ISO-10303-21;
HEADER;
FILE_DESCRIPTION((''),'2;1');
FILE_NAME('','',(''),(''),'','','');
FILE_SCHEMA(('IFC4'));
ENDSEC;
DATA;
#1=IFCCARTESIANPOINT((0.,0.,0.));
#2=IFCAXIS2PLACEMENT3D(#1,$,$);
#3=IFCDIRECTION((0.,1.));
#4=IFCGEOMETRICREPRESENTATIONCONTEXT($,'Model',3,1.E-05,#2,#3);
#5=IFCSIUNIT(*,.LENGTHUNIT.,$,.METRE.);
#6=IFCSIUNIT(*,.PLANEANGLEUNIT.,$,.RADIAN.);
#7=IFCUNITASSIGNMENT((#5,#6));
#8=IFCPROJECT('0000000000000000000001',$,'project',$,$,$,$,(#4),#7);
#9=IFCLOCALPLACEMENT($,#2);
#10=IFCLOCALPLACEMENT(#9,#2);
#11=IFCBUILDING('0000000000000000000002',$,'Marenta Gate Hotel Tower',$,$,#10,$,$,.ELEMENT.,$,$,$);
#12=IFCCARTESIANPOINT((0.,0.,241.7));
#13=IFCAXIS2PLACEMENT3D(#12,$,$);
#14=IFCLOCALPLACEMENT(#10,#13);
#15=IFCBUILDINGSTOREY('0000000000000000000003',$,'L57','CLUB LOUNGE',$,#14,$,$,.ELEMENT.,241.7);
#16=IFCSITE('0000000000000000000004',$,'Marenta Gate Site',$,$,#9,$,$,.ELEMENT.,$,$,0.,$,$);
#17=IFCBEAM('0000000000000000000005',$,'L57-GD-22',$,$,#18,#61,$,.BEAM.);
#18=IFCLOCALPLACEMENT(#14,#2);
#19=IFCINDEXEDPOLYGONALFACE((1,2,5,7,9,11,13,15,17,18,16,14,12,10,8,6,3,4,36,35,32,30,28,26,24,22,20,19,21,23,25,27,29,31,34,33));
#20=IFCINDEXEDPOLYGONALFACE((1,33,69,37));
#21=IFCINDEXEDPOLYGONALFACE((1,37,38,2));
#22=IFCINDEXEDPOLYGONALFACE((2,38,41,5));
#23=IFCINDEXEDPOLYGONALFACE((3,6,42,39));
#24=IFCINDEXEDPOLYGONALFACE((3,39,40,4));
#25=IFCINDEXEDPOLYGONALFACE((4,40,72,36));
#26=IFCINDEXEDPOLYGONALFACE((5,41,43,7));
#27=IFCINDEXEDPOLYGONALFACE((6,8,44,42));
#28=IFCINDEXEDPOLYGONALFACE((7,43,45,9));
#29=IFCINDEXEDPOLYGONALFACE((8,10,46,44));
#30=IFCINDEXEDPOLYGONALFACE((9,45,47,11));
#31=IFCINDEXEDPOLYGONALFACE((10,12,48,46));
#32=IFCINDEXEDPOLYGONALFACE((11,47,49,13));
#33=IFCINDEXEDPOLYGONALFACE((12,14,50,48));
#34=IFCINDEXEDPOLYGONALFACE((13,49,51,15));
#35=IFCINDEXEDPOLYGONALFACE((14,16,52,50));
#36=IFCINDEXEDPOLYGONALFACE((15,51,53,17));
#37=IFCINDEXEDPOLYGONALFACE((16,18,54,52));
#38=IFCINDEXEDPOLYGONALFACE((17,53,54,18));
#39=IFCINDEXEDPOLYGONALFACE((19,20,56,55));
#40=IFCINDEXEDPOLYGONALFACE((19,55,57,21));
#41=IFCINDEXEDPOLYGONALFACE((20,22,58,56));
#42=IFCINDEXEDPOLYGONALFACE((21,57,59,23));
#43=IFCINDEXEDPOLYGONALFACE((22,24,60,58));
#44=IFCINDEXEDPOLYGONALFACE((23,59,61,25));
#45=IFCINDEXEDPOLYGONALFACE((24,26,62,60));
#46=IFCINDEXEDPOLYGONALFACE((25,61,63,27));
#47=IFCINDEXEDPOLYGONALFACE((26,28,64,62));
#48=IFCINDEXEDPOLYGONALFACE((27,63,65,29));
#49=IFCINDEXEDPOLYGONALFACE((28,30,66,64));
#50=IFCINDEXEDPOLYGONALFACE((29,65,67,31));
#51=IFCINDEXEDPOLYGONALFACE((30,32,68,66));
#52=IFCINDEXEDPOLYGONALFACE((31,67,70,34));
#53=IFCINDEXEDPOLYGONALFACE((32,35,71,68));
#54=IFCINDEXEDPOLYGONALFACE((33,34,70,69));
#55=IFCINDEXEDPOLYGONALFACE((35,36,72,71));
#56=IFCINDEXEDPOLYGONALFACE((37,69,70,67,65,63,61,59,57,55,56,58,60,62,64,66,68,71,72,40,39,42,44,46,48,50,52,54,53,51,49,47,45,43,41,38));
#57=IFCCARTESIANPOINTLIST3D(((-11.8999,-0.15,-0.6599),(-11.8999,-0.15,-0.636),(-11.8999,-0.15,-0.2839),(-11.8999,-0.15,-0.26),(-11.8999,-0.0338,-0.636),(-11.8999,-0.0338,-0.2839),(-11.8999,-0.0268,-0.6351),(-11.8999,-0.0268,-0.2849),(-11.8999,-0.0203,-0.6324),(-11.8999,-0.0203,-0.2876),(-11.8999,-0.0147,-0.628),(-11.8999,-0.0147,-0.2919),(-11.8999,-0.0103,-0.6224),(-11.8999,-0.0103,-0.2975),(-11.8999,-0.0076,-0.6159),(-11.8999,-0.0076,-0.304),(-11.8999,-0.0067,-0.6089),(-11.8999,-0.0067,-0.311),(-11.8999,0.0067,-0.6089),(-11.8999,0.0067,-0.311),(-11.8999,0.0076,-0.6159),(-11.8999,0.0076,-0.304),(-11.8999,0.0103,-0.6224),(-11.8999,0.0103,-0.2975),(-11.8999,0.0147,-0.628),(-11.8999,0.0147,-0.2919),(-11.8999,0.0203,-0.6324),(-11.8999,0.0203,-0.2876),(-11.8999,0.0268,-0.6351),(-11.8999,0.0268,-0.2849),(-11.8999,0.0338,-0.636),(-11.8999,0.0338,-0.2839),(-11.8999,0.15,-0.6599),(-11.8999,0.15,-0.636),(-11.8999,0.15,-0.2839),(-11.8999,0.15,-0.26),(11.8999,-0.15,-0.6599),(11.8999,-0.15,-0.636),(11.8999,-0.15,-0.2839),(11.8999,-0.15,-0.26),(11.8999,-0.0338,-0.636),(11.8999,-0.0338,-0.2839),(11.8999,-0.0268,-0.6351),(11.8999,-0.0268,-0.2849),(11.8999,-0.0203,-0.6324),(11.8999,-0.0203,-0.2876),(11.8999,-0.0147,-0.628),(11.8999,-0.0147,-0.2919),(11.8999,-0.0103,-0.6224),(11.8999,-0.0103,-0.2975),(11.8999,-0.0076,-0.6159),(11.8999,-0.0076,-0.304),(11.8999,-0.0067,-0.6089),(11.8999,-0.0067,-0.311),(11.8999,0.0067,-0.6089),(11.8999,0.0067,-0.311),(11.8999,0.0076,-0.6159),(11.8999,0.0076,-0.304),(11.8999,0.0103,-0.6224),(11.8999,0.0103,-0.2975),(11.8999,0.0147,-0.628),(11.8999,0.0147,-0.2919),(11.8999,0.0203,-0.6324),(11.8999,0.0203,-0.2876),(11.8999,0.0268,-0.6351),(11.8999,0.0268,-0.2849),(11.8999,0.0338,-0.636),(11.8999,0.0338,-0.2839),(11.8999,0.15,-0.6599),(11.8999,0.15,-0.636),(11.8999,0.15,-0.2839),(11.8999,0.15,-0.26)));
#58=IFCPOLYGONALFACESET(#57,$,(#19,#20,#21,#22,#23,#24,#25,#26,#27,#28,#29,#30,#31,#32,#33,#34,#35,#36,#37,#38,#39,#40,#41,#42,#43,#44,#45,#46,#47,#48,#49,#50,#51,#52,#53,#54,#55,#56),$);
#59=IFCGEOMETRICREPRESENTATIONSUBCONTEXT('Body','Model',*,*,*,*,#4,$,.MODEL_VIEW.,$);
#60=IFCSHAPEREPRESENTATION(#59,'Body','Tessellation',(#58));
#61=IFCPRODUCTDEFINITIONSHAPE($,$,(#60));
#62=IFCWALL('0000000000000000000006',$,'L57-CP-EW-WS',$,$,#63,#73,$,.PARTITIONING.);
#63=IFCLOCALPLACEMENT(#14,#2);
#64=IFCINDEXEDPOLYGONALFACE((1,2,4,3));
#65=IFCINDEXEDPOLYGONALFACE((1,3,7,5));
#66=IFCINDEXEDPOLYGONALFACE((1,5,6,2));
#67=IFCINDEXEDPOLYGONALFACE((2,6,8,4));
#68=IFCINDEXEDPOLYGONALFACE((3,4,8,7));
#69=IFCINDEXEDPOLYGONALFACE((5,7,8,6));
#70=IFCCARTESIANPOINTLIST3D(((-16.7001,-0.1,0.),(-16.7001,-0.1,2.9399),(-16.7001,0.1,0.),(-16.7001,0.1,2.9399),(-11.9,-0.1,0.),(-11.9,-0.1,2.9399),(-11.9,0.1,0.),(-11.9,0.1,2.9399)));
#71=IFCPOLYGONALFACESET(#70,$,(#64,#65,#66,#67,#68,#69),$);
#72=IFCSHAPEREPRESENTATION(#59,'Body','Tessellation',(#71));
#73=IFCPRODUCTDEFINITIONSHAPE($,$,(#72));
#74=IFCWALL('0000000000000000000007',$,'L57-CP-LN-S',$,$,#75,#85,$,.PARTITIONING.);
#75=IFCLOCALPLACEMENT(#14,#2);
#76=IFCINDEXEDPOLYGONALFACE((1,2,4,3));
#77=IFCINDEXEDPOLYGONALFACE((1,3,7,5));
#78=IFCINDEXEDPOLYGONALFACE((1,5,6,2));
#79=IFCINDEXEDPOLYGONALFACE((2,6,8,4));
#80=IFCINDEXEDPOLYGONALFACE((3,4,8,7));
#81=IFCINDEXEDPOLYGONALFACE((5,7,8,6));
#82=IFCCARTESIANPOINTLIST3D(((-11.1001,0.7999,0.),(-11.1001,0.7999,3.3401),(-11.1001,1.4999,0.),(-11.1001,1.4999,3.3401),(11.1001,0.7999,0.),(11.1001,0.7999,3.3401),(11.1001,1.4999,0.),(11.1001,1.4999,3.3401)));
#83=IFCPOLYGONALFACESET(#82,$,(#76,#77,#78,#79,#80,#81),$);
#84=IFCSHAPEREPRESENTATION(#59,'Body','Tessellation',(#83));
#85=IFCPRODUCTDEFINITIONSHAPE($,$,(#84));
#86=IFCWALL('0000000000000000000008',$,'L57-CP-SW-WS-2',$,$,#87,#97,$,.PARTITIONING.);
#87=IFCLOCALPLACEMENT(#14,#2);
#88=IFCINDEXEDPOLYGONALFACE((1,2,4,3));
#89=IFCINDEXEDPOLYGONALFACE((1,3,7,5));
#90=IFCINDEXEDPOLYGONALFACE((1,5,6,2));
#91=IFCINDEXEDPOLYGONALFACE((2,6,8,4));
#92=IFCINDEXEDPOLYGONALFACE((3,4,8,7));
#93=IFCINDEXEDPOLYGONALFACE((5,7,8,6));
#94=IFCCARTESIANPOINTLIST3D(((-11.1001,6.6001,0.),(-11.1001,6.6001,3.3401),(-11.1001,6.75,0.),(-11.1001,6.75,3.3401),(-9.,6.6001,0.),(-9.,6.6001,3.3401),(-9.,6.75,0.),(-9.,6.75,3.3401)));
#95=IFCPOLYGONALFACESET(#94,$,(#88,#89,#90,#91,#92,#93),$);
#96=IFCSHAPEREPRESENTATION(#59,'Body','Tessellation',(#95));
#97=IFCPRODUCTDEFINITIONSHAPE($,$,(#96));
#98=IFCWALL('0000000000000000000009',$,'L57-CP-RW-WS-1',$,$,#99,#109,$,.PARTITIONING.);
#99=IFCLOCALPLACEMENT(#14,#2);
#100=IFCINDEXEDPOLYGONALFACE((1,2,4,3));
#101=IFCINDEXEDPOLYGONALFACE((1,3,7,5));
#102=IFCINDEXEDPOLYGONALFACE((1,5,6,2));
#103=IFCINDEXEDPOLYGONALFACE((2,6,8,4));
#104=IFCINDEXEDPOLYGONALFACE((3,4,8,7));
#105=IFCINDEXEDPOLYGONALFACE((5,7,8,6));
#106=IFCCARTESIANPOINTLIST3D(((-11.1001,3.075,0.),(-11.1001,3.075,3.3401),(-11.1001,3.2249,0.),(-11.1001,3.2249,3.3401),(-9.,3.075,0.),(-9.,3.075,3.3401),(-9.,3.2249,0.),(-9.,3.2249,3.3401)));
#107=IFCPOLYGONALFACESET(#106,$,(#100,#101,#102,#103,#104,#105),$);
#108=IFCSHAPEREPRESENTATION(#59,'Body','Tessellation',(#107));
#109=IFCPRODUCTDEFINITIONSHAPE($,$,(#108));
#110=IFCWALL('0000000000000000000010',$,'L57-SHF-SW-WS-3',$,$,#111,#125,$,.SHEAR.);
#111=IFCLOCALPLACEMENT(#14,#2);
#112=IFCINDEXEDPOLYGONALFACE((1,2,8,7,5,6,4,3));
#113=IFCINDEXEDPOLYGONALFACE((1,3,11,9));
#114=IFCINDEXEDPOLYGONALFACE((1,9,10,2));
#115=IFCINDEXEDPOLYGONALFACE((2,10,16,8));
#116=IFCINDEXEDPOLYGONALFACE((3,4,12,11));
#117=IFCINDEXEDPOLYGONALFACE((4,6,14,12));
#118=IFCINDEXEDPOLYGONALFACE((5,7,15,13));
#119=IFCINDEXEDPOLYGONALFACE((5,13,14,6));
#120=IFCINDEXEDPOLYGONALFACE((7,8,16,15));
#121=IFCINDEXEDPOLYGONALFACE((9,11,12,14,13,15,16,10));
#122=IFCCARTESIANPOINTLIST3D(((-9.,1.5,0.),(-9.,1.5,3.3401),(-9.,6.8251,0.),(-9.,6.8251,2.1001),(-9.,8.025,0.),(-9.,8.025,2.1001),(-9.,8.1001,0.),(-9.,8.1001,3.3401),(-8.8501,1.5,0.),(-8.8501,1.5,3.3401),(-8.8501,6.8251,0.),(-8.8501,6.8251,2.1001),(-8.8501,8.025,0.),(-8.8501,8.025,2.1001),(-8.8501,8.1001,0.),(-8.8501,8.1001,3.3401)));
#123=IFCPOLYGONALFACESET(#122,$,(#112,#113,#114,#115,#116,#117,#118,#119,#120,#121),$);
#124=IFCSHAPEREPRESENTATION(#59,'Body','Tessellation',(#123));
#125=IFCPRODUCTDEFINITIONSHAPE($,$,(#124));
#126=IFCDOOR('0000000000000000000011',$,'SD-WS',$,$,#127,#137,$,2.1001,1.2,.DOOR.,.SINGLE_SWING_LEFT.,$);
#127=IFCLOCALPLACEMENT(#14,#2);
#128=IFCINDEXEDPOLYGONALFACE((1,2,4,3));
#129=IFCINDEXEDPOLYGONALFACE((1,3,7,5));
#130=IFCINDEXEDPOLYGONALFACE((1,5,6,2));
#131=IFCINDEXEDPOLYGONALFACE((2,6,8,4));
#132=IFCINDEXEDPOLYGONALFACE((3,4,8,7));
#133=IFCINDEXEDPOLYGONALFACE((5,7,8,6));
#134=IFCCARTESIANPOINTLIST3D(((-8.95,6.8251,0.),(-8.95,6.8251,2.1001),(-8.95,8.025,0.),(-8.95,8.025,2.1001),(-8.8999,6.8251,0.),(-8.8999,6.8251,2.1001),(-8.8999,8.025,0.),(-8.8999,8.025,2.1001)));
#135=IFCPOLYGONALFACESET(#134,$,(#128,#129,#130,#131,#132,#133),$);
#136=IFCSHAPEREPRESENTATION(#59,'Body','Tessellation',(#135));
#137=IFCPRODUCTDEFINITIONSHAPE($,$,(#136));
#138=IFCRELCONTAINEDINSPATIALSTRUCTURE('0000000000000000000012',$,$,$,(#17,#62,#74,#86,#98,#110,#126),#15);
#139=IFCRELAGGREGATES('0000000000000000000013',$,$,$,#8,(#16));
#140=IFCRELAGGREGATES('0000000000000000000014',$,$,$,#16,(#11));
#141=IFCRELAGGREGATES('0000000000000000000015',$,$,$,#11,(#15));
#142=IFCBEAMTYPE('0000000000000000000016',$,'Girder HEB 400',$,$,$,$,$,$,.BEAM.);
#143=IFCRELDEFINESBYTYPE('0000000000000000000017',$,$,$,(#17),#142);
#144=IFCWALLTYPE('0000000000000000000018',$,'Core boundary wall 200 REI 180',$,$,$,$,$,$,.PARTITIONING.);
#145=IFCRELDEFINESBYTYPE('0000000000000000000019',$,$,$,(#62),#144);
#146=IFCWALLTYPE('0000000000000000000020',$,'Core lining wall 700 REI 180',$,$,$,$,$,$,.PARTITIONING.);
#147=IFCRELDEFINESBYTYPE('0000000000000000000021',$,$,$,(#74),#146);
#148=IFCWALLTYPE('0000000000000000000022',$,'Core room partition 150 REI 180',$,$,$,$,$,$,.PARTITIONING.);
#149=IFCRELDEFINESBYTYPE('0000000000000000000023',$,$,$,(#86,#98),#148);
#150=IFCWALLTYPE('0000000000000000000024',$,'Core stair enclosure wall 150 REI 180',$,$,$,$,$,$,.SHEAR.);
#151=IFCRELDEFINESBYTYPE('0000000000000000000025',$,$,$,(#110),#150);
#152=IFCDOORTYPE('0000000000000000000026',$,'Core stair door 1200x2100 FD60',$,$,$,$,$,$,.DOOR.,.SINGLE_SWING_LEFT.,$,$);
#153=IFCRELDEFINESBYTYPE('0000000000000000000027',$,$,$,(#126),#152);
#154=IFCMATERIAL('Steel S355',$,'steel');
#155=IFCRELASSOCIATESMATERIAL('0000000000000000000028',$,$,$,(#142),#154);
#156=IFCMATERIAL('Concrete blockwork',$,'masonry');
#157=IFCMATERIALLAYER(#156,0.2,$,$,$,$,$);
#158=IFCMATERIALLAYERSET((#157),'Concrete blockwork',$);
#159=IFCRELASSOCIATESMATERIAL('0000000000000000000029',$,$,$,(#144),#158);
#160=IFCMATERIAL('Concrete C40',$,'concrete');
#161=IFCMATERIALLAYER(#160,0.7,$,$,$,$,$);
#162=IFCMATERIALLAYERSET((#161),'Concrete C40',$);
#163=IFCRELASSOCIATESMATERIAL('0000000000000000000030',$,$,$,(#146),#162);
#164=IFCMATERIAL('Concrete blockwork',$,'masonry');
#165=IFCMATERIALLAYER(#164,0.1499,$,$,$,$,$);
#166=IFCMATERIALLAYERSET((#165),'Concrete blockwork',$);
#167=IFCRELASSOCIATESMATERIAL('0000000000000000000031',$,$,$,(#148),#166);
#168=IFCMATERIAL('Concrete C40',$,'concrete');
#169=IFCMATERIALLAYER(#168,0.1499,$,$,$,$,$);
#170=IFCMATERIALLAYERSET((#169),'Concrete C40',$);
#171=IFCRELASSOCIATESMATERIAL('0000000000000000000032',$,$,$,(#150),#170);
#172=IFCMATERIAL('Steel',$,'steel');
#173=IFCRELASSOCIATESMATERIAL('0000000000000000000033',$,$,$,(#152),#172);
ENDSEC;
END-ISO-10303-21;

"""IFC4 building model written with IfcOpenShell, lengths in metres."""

from ifc_helpers import new_model, si_unit, direction, frame, frame_2d, origin, origin_2d, place, context, subcontext, project, spatial, rectangle, i_section, extrude, material, layer, layer_set, material_profile, profile_set, type_object, element, fill, save


model = new_model("IFC4")

# Units and contexts
model_context = context("Model", 3, precision=1e-05, world=origin(), true_north=direction((0.0, 1.0)))
body_context = subcontext(model_context, "Body", "Model", "MODEL_VIEW")
ifc_project = project(units=[si_unit("LENGTHUNIT", "METRE"), si_unit("PLANEANGLEUNIT", "RADIAN")], contexts=[model_context])

# Site, building, storey
site_placement = place(None, origin())
site = spatial("IfcSite", under=ifc_project, at=site_placement, Name="Marenta Gate Site", CompositionType="ELEMENT", RefElevation=0.0)
building_placement = place(site_placement, origin())
building = spatial("IfcBuilding", under=site, at=building_placement, Name="Marenta Gate Hotel Tower", CompositionType="ELEMENT")
storey_placement = place(building_placement, frame((0.0, 0.0, 241.7)))
storey = spatial("IfcBuildingStorey", under=building, at=storey_placement, Name="L57", Description="CLUB LOUNGE", CompositionType="ELEMENT", Elevation=241.7)

# Beam
ifc_material_1 = material(Name="Steel S355", Category="steel")
ifc_material_profile = material_profile(ifc_material_1, i_section(OverallWidth=0.3, OverallDepth=0.3999, WebThickness=0.0134, FlangeThickness=0.0239, FilletRadius=0.0271, at=origin_2d()), Name="HEB 400")
ifc_profile_set = profile_set([ifc_material_profile], Name="Steel S355")
beam_type = type_object("IfcBeamType", Name="Girder HEB 400", PredefinedType="BEAM", material=ifc_profile_set)
beam_placement = place(storey_placement, frame((-11.8999, 0.0, -0.46), z_axis=(1.0, 0.0, 0.0), x_axis=(0.0, 1.0, 0.0)))
element("IfcBeam", 1, at=beam_placement, inside=storey, type_object=beam_type, Name="L57-GD-22", PredefinedType="BEAM", context=body_context, shape_type="SweptSolid", body=[
    extrude(i_section(OverallWidth=0.3, OverallDepth=0.3999, WebThickness=0.0134, FlangeThickness=0.0239, FilletRadius=0.0271, at=origin_2d()), origin(), (0.0, 0.0, 1.0), 23.7998),
])

# Walls
ifc_material_2 = material(Name="Concrete blockwork", Category="masonry")
ifc_layer_1 = layer(ifc_material_2, 0.2)
ifc_layer_set_1 = layer_set([ifc_layer_1], Name="Concrete blockwork")
wall_type_1 = type_object("IfcWallType", Name="Core boundary wall 200 REI 180", PredefinedType="PARTITIONING", material=ifc_layer_set_1)
wall_1_placement = place(storey_placement, frame((-16.7, 0.0, 0.0), z_axis=(0.0, 0.0, 1.0), x_axis=(1.0, 0.0, 0.0)))
element("IfcWall", 2, at=wall_1_placement, inside=storey, type_object=wall_type_1, Name="L57-CP-EW-WS", PredefinedType="PARTITIONING", context=body_context, shape_type="SweptSolid", body=[
    extrude(rectangle(XDim=4.8, YDim=0.2, at=frame_2d((2.3999, 0.0))), origin(), (0.0, 0.0, 1.0), 2.9399),
])
ifc_material_3 = material(Name="Concrete C40", Category="concrete")
ifc_layer_2 = layer(ifc_material_3, 0.7)
ifc_layer_set_2 = layer_set([ifc_layer_2], Name="Concrete C40")
wall_type_2 = type_object("IfcWallType", Name="Core lining wall 700 REI 180", PredefinedType="PARTITIONING", material=ifc_layer_set_2)
wall_2_placement = place(storey_placement, frame((-11.1001, 1.1499, 0.0), z_axis=(0.0, 0.0, 1.0), x_axis=(1.0, 0.0, 0.0)))
element("IfcWall", 3, at=wall_2_placement, inside=storey, type_object=wall_type_2, Name="L57-CP-LN-S", PredefinedType="PARTITIONING", context=body_context, shape_type="SweptSolid", body=[
    extrude(rectangle(XDim=22.2002, YDim=0.7, at=frame_2d((11.1001, 0.0))), origin(), (0.0, 0.0, 1.0), 3.3401),
])
ifc_material_4 = material(Name="Concrete blockwork", Category="masonry")
ifc_layer_3 = layer(ifc_material_4, 0.1499)
ifc_layer_set_3 = layer_set([ifc_layer_3], Name="Concrete blockwork")
wall_type_3 = type_object("IfcWallType", Name="Core room partition 150 REI 180", PredefinedType="PARTITIONING", material=ifc_layer_set_3)
for number, where, z_axis, x_axis, name in (
    (4, (-11.1001, 6.675, 0.0), (0.0, 0.0, 1.0), (1.0, 0.0, 0.0), "L57-CP-SW-WS-2"),
    (5, (-11.1001, 3.1499, 0.0), (0.0, 0.0, 1.0), (1.0, 0.0, 0.0), "L57-CP-RW-WS-1"),
):
    element("IfcWall", number, at=place(storey_placement, frame(where, z_axis=z_axis, x_axis=x_axis)), inside=storey, type_object=wall_type_3, Name=name, PredefinedType="PARTITIONING", context=body_context, shape_type="SweptSolid", body=[
        extrude(rectangle(XDim=2.1001, YDim=0.1499, at=frame_2d((1.05, 0.0))), origin(), (0.0, 0.0, 1.0), 3.3401),
    ])

# Wall, opening, door
ifc_material_5 = material(Name="Concrete C40", Category="concrete")
ifc_layer_4 = layer(ifc_material_5, 0.1499)
ifc_layer_set_4 = layer_set([ifc_layer_4], Name="Concrete C40")
wall_type_4 = type_object("IfcWallType", Name="Core stair enclosure wall 150 REI 180", PredefinedType="SHEAR", material=ifc_layer_set_4)
wall_3_placement = place(storey_placement, frame((-8.925, 1.5, 0.0), z_axis=(0.0, 0.0, 1.0), x_axis=(0.0, 1.0, 0.0)))
wall_3 = element("IfcWall", 6, at=wall_3_placement, inside=storey, type_object=wall_type_4, Name="L57-SHF-SW-WS-3", PredefinedType="SHEAR", context=body_context, shape_type="SweptSolid", body=[
    extrude(rectangle(XDim=6.6001, YDim=0.1499, at=frame_2d((3.3, 0.0))), origin(), (0.0, 0.0, 1.0), 3.3401),
])
opening_1_placement = place(wall_3_placement, frame((5.325, 0.0, 0.0)))
opening_1 = element("IfcOpeningElement", 7, at=opening_1_placement, cuts=wall_3, PredefinedType="OPENING", context=body_context, shape_type="SweptSolid", body=[
    extrude(rectangle(XDim=1.2, YDim=2.1001, at=frame_2d((0.6001, 1.05))), frame((0.0, 0.075, 0.0), z_axis=(0.0, -1.0, 0.0), x_axis=(1.0, 0.0, 0.0)), (0.0, 0.0, 1.0), 0.1499),
])
ifc_material_6 = material(Name="Steel", Category="steel")
door_type_1 = type_object("IfcDoorType", Name="Core stair door 1200x2100 FD60", OperationType="SINGLE_SWING_LEFT", PredefinedType="DOOR", material=ifc_material_6)
door_1_placement = place(opening_1_placement, origin())
door_1 = element("IfcDoor", 8, at=door_1_placement, inside=storey, type_object=door_type_1, Name="SD-WS", OperationType="SINGLE_SWING_LEFT", OverallHeight=2.1001, OverallWidth=1.2, PredefinedType="DOOR", context=body_context, shape_type="SweptSolid", body=[
    extrude(rectangle(XDim=1.2, YDim=2.1001, at=frame_2d((0.6001, 1.05))), frame((0.0, 0.0249, 0.0), z_axis=(0.0, -1.0, 0.0), x_axis=(1.0, 0.0, 0.0)), (0.0, 0.0, 1.0), 0.05),
])
fill(opening_1, door_1)

save(model, "model.ifc")
